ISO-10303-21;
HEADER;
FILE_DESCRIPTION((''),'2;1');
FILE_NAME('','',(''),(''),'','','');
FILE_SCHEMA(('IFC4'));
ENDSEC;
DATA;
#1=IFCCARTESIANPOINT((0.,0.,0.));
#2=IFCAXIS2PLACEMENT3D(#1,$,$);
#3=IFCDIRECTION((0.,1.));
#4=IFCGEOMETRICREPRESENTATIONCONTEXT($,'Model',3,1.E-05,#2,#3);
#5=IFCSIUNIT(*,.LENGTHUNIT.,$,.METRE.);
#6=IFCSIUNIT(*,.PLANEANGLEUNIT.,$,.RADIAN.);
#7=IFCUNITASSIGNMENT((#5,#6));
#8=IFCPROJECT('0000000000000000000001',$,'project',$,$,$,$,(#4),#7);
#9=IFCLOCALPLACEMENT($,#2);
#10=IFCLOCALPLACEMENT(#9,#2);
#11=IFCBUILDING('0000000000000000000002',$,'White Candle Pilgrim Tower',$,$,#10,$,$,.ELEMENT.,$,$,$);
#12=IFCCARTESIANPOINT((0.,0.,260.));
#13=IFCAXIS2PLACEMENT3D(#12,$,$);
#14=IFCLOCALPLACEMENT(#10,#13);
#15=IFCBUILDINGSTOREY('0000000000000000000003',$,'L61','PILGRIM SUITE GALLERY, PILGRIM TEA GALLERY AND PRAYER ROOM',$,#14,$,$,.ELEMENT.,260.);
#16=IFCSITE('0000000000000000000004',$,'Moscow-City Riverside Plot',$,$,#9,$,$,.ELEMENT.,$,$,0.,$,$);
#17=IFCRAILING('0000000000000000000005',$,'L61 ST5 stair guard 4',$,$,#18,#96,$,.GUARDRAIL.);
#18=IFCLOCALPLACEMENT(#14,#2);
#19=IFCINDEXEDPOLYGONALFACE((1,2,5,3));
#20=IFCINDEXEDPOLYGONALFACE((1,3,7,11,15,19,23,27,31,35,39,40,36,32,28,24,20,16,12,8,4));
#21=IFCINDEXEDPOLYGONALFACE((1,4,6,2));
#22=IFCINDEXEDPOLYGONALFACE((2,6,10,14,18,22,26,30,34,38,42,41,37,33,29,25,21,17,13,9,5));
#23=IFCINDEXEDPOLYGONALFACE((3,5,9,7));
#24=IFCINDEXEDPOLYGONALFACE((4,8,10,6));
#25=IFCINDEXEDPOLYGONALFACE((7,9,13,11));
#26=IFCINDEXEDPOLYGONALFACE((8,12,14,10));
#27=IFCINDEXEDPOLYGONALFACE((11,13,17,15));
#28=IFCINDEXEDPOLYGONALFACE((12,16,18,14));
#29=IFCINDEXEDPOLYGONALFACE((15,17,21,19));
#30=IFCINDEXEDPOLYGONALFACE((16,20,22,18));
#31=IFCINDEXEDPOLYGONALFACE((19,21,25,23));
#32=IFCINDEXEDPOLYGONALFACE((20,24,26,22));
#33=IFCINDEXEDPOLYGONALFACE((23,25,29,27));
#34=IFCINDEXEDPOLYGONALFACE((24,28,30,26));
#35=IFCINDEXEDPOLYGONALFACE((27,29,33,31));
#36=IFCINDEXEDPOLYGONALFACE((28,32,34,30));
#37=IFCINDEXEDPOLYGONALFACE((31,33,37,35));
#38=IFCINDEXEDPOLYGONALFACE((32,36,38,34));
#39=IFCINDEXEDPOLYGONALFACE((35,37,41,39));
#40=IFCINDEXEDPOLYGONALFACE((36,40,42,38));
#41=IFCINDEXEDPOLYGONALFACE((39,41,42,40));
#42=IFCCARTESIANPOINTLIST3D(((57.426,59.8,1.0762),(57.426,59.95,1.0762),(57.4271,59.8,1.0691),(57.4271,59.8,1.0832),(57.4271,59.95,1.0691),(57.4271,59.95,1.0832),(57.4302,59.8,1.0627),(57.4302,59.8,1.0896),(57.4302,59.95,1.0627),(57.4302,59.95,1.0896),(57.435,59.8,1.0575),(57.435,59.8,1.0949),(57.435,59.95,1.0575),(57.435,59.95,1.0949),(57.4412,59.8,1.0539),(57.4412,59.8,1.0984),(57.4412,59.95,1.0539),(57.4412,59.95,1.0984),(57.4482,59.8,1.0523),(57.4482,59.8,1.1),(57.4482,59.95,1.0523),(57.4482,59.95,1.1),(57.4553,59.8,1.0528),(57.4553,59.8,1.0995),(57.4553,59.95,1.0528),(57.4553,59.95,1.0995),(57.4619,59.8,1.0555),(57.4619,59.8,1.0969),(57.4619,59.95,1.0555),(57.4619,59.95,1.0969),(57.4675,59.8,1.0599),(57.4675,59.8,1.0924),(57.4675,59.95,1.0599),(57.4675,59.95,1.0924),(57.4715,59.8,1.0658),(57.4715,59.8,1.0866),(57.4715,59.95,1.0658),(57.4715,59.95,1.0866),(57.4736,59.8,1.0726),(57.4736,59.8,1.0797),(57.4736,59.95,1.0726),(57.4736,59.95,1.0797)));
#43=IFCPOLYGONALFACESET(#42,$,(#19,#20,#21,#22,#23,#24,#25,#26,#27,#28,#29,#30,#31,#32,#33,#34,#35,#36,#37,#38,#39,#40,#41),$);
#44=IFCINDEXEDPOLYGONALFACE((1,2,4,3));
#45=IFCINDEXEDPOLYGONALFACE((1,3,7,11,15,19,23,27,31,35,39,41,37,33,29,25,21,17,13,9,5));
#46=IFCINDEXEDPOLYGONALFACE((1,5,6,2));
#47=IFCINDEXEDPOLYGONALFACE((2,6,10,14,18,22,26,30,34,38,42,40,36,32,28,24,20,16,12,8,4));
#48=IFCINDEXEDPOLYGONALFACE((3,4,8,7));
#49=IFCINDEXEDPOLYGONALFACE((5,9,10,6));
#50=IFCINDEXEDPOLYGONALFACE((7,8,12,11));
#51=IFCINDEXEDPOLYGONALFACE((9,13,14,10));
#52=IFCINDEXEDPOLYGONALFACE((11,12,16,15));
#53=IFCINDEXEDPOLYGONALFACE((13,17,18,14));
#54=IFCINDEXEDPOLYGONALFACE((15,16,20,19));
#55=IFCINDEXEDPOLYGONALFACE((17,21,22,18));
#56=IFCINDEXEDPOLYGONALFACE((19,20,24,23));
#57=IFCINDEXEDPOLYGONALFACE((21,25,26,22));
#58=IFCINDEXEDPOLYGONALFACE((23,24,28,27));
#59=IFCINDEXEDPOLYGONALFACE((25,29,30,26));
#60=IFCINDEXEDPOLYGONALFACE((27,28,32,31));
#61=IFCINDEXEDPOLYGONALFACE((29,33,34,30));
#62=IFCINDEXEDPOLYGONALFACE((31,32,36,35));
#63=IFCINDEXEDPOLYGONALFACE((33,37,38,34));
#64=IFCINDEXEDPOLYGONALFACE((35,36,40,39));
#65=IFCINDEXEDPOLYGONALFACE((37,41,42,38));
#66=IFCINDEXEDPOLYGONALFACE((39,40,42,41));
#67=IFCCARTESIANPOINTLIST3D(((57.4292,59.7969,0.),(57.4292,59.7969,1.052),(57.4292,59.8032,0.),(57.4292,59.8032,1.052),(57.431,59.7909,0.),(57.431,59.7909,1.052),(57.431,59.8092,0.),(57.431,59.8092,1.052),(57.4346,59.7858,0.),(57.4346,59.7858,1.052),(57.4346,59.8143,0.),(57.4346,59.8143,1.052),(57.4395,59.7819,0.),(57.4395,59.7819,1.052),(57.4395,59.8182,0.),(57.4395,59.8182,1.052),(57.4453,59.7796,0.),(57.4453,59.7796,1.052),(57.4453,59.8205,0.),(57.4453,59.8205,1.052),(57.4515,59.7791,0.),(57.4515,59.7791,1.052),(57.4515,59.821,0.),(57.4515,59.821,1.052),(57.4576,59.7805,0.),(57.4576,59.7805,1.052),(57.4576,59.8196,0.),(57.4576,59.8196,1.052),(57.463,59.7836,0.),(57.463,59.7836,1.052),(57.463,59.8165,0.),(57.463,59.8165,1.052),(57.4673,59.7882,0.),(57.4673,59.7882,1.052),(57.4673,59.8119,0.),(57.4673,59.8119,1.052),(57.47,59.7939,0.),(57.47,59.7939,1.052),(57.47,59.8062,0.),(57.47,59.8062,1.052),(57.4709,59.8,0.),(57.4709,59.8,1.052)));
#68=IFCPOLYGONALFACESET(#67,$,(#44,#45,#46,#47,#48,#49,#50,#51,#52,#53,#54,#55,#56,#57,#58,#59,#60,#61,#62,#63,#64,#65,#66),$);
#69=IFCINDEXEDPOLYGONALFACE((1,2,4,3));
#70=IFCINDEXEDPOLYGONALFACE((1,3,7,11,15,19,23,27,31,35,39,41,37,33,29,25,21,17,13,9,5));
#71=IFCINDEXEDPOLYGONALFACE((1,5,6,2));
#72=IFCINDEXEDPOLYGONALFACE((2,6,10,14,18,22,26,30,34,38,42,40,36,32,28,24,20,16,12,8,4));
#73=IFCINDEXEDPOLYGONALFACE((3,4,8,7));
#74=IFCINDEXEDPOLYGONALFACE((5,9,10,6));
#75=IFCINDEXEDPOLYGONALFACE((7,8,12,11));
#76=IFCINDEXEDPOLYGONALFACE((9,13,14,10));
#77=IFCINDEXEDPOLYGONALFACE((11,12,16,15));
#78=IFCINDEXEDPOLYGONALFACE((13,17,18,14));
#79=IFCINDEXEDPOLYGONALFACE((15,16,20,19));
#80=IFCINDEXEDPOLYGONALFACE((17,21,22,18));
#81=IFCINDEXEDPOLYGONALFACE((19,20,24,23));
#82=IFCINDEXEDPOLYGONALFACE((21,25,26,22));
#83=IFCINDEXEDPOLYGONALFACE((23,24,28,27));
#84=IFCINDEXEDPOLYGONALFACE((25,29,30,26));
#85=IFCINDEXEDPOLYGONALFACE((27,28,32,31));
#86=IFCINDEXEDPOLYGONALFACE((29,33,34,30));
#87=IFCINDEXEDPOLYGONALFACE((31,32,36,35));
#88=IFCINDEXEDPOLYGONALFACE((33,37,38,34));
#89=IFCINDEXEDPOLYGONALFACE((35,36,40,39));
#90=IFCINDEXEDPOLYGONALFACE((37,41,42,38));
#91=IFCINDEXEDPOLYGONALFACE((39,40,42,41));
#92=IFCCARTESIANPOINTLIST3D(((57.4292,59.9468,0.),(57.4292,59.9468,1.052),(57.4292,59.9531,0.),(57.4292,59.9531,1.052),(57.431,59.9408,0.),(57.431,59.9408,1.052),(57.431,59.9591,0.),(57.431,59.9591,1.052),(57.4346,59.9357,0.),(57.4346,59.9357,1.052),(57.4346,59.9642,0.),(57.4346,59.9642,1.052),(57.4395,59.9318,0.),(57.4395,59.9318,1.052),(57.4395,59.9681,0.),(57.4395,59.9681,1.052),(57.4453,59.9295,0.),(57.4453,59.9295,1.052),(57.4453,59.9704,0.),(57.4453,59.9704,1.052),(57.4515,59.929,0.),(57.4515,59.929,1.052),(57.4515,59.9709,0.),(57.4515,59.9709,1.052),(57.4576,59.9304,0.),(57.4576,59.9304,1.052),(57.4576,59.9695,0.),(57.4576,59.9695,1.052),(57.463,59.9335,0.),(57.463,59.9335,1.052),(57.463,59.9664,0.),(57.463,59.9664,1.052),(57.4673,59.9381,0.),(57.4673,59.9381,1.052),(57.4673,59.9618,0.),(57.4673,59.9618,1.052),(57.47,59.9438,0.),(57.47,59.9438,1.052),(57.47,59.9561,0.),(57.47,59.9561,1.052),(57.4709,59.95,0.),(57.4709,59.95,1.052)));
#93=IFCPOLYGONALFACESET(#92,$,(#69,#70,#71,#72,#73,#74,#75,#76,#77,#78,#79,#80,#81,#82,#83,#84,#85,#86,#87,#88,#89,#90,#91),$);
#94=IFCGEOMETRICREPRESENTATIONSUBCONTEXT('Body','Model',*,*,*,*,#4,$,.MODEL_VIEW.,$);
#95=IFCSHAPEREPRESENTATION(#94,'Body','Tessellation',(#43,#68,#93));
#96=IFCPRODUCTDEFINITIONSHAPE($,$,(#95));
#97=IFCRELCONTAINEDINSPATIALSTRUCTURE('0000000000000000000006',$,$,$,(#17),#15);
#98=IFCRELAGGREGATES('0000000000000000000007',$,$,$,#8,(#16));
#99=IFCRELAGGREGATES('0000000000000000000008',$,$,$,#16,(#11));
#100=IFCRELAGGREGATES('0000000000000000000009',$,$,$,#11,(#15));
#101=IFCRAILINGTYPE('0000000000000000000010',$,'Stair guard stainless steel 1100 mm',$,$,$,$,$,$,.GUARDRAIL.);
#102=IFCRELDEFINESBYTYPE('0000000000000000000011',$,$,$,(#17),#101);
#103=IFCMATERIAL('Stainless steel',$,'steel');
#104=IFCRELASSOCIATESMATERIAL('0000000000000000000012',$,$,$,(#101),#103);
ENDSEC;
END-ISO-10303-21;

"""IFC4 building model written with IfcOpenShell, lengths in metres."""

from ifc_helpers import new_model, si_unit, direction, frame, origin, origin_2d, place, context, subcontext, project, spatial, circle, extrude, material, type_object, element, save


model = new_model("IFC4")

# Units and contexts
model_context = context("Model", 3, precision=1e-05, world=origin(), true_north=direction((0.0, 1.0)))
body_context = subcontext(model_context, "Body", "Model", "MODEL_VIEW")
ifc_project = project(units=[si_unit("LENGTHUNIT", "METRE"), si_unit("PLANEANGLEUNIT", "RADIAN")], contexts=[model_context])

# Site, building, storey
site_placement = place(None, origin())
site = spatial("IfcSite", under=ifc_project, at=site_placement, Name="Moscow-City Riverside Plot", CompositionType="ELEMENT", RefElevation=0.0)
building_placement = place(site_placement, origin())
building = spatial("IfcBuilding", under=site, at=building_placement, Name="White Candle Pilgrim Tower", CompositionType="ELEMENT")
storey_placement = place(building_placement, frame((0.0, 0.0, 260.0)))
storey = spatial("IfcBuildingStorey", under=building, at=storey_placement, Name="L61", Description="PILGRIM SUITE GALLERY, PILGRIM TEA GALLERY AND PRAYER ROOM", CompositionType="ELEMENT", Elevation=260.0)

# Railing
ifc_material_1 = material(Name="Stainless steel", Category="steel")
railing_type_1 = type_object("IfcRailingType", Name="Stair guard stainless steel 1100 mm", PredefinedType="GUARDRAIL", material=ifc_material_1)
railing_1_placement = place(storey_placement, frame((57.45, 59.8, 0.0)))
element("IfcRailing", 1, at=railing_1_placement, inside=storey, type_object=railing_type_1, Name="L61 ST5 stair guard 4", PredefinedType="GUARDRAIL", context=body_context, shape_type="SweptSolid", body=[
    extrude(circle(Radius=0.0239, at=origin_2d()), frame((0.0, 0.0, 1.0762), z_axis=(0.0, 1.0, 0.0), x_axis=(-1.0, 0.0, 0.0)), (0.0, 0.0, 1.0), 0.1499),
    extrude(circle(Radius=0.021, at=origin_2d()), origin(), (0.0, 0.0, 1.0), 1.052),
    extrude(circle(Radius=0.021, at=origin_2d()), frame((0.0, 0.1499, 0.0)), (0.0, 0.0, 1.0), 1.052),
])

save(model, "model.ifc")
